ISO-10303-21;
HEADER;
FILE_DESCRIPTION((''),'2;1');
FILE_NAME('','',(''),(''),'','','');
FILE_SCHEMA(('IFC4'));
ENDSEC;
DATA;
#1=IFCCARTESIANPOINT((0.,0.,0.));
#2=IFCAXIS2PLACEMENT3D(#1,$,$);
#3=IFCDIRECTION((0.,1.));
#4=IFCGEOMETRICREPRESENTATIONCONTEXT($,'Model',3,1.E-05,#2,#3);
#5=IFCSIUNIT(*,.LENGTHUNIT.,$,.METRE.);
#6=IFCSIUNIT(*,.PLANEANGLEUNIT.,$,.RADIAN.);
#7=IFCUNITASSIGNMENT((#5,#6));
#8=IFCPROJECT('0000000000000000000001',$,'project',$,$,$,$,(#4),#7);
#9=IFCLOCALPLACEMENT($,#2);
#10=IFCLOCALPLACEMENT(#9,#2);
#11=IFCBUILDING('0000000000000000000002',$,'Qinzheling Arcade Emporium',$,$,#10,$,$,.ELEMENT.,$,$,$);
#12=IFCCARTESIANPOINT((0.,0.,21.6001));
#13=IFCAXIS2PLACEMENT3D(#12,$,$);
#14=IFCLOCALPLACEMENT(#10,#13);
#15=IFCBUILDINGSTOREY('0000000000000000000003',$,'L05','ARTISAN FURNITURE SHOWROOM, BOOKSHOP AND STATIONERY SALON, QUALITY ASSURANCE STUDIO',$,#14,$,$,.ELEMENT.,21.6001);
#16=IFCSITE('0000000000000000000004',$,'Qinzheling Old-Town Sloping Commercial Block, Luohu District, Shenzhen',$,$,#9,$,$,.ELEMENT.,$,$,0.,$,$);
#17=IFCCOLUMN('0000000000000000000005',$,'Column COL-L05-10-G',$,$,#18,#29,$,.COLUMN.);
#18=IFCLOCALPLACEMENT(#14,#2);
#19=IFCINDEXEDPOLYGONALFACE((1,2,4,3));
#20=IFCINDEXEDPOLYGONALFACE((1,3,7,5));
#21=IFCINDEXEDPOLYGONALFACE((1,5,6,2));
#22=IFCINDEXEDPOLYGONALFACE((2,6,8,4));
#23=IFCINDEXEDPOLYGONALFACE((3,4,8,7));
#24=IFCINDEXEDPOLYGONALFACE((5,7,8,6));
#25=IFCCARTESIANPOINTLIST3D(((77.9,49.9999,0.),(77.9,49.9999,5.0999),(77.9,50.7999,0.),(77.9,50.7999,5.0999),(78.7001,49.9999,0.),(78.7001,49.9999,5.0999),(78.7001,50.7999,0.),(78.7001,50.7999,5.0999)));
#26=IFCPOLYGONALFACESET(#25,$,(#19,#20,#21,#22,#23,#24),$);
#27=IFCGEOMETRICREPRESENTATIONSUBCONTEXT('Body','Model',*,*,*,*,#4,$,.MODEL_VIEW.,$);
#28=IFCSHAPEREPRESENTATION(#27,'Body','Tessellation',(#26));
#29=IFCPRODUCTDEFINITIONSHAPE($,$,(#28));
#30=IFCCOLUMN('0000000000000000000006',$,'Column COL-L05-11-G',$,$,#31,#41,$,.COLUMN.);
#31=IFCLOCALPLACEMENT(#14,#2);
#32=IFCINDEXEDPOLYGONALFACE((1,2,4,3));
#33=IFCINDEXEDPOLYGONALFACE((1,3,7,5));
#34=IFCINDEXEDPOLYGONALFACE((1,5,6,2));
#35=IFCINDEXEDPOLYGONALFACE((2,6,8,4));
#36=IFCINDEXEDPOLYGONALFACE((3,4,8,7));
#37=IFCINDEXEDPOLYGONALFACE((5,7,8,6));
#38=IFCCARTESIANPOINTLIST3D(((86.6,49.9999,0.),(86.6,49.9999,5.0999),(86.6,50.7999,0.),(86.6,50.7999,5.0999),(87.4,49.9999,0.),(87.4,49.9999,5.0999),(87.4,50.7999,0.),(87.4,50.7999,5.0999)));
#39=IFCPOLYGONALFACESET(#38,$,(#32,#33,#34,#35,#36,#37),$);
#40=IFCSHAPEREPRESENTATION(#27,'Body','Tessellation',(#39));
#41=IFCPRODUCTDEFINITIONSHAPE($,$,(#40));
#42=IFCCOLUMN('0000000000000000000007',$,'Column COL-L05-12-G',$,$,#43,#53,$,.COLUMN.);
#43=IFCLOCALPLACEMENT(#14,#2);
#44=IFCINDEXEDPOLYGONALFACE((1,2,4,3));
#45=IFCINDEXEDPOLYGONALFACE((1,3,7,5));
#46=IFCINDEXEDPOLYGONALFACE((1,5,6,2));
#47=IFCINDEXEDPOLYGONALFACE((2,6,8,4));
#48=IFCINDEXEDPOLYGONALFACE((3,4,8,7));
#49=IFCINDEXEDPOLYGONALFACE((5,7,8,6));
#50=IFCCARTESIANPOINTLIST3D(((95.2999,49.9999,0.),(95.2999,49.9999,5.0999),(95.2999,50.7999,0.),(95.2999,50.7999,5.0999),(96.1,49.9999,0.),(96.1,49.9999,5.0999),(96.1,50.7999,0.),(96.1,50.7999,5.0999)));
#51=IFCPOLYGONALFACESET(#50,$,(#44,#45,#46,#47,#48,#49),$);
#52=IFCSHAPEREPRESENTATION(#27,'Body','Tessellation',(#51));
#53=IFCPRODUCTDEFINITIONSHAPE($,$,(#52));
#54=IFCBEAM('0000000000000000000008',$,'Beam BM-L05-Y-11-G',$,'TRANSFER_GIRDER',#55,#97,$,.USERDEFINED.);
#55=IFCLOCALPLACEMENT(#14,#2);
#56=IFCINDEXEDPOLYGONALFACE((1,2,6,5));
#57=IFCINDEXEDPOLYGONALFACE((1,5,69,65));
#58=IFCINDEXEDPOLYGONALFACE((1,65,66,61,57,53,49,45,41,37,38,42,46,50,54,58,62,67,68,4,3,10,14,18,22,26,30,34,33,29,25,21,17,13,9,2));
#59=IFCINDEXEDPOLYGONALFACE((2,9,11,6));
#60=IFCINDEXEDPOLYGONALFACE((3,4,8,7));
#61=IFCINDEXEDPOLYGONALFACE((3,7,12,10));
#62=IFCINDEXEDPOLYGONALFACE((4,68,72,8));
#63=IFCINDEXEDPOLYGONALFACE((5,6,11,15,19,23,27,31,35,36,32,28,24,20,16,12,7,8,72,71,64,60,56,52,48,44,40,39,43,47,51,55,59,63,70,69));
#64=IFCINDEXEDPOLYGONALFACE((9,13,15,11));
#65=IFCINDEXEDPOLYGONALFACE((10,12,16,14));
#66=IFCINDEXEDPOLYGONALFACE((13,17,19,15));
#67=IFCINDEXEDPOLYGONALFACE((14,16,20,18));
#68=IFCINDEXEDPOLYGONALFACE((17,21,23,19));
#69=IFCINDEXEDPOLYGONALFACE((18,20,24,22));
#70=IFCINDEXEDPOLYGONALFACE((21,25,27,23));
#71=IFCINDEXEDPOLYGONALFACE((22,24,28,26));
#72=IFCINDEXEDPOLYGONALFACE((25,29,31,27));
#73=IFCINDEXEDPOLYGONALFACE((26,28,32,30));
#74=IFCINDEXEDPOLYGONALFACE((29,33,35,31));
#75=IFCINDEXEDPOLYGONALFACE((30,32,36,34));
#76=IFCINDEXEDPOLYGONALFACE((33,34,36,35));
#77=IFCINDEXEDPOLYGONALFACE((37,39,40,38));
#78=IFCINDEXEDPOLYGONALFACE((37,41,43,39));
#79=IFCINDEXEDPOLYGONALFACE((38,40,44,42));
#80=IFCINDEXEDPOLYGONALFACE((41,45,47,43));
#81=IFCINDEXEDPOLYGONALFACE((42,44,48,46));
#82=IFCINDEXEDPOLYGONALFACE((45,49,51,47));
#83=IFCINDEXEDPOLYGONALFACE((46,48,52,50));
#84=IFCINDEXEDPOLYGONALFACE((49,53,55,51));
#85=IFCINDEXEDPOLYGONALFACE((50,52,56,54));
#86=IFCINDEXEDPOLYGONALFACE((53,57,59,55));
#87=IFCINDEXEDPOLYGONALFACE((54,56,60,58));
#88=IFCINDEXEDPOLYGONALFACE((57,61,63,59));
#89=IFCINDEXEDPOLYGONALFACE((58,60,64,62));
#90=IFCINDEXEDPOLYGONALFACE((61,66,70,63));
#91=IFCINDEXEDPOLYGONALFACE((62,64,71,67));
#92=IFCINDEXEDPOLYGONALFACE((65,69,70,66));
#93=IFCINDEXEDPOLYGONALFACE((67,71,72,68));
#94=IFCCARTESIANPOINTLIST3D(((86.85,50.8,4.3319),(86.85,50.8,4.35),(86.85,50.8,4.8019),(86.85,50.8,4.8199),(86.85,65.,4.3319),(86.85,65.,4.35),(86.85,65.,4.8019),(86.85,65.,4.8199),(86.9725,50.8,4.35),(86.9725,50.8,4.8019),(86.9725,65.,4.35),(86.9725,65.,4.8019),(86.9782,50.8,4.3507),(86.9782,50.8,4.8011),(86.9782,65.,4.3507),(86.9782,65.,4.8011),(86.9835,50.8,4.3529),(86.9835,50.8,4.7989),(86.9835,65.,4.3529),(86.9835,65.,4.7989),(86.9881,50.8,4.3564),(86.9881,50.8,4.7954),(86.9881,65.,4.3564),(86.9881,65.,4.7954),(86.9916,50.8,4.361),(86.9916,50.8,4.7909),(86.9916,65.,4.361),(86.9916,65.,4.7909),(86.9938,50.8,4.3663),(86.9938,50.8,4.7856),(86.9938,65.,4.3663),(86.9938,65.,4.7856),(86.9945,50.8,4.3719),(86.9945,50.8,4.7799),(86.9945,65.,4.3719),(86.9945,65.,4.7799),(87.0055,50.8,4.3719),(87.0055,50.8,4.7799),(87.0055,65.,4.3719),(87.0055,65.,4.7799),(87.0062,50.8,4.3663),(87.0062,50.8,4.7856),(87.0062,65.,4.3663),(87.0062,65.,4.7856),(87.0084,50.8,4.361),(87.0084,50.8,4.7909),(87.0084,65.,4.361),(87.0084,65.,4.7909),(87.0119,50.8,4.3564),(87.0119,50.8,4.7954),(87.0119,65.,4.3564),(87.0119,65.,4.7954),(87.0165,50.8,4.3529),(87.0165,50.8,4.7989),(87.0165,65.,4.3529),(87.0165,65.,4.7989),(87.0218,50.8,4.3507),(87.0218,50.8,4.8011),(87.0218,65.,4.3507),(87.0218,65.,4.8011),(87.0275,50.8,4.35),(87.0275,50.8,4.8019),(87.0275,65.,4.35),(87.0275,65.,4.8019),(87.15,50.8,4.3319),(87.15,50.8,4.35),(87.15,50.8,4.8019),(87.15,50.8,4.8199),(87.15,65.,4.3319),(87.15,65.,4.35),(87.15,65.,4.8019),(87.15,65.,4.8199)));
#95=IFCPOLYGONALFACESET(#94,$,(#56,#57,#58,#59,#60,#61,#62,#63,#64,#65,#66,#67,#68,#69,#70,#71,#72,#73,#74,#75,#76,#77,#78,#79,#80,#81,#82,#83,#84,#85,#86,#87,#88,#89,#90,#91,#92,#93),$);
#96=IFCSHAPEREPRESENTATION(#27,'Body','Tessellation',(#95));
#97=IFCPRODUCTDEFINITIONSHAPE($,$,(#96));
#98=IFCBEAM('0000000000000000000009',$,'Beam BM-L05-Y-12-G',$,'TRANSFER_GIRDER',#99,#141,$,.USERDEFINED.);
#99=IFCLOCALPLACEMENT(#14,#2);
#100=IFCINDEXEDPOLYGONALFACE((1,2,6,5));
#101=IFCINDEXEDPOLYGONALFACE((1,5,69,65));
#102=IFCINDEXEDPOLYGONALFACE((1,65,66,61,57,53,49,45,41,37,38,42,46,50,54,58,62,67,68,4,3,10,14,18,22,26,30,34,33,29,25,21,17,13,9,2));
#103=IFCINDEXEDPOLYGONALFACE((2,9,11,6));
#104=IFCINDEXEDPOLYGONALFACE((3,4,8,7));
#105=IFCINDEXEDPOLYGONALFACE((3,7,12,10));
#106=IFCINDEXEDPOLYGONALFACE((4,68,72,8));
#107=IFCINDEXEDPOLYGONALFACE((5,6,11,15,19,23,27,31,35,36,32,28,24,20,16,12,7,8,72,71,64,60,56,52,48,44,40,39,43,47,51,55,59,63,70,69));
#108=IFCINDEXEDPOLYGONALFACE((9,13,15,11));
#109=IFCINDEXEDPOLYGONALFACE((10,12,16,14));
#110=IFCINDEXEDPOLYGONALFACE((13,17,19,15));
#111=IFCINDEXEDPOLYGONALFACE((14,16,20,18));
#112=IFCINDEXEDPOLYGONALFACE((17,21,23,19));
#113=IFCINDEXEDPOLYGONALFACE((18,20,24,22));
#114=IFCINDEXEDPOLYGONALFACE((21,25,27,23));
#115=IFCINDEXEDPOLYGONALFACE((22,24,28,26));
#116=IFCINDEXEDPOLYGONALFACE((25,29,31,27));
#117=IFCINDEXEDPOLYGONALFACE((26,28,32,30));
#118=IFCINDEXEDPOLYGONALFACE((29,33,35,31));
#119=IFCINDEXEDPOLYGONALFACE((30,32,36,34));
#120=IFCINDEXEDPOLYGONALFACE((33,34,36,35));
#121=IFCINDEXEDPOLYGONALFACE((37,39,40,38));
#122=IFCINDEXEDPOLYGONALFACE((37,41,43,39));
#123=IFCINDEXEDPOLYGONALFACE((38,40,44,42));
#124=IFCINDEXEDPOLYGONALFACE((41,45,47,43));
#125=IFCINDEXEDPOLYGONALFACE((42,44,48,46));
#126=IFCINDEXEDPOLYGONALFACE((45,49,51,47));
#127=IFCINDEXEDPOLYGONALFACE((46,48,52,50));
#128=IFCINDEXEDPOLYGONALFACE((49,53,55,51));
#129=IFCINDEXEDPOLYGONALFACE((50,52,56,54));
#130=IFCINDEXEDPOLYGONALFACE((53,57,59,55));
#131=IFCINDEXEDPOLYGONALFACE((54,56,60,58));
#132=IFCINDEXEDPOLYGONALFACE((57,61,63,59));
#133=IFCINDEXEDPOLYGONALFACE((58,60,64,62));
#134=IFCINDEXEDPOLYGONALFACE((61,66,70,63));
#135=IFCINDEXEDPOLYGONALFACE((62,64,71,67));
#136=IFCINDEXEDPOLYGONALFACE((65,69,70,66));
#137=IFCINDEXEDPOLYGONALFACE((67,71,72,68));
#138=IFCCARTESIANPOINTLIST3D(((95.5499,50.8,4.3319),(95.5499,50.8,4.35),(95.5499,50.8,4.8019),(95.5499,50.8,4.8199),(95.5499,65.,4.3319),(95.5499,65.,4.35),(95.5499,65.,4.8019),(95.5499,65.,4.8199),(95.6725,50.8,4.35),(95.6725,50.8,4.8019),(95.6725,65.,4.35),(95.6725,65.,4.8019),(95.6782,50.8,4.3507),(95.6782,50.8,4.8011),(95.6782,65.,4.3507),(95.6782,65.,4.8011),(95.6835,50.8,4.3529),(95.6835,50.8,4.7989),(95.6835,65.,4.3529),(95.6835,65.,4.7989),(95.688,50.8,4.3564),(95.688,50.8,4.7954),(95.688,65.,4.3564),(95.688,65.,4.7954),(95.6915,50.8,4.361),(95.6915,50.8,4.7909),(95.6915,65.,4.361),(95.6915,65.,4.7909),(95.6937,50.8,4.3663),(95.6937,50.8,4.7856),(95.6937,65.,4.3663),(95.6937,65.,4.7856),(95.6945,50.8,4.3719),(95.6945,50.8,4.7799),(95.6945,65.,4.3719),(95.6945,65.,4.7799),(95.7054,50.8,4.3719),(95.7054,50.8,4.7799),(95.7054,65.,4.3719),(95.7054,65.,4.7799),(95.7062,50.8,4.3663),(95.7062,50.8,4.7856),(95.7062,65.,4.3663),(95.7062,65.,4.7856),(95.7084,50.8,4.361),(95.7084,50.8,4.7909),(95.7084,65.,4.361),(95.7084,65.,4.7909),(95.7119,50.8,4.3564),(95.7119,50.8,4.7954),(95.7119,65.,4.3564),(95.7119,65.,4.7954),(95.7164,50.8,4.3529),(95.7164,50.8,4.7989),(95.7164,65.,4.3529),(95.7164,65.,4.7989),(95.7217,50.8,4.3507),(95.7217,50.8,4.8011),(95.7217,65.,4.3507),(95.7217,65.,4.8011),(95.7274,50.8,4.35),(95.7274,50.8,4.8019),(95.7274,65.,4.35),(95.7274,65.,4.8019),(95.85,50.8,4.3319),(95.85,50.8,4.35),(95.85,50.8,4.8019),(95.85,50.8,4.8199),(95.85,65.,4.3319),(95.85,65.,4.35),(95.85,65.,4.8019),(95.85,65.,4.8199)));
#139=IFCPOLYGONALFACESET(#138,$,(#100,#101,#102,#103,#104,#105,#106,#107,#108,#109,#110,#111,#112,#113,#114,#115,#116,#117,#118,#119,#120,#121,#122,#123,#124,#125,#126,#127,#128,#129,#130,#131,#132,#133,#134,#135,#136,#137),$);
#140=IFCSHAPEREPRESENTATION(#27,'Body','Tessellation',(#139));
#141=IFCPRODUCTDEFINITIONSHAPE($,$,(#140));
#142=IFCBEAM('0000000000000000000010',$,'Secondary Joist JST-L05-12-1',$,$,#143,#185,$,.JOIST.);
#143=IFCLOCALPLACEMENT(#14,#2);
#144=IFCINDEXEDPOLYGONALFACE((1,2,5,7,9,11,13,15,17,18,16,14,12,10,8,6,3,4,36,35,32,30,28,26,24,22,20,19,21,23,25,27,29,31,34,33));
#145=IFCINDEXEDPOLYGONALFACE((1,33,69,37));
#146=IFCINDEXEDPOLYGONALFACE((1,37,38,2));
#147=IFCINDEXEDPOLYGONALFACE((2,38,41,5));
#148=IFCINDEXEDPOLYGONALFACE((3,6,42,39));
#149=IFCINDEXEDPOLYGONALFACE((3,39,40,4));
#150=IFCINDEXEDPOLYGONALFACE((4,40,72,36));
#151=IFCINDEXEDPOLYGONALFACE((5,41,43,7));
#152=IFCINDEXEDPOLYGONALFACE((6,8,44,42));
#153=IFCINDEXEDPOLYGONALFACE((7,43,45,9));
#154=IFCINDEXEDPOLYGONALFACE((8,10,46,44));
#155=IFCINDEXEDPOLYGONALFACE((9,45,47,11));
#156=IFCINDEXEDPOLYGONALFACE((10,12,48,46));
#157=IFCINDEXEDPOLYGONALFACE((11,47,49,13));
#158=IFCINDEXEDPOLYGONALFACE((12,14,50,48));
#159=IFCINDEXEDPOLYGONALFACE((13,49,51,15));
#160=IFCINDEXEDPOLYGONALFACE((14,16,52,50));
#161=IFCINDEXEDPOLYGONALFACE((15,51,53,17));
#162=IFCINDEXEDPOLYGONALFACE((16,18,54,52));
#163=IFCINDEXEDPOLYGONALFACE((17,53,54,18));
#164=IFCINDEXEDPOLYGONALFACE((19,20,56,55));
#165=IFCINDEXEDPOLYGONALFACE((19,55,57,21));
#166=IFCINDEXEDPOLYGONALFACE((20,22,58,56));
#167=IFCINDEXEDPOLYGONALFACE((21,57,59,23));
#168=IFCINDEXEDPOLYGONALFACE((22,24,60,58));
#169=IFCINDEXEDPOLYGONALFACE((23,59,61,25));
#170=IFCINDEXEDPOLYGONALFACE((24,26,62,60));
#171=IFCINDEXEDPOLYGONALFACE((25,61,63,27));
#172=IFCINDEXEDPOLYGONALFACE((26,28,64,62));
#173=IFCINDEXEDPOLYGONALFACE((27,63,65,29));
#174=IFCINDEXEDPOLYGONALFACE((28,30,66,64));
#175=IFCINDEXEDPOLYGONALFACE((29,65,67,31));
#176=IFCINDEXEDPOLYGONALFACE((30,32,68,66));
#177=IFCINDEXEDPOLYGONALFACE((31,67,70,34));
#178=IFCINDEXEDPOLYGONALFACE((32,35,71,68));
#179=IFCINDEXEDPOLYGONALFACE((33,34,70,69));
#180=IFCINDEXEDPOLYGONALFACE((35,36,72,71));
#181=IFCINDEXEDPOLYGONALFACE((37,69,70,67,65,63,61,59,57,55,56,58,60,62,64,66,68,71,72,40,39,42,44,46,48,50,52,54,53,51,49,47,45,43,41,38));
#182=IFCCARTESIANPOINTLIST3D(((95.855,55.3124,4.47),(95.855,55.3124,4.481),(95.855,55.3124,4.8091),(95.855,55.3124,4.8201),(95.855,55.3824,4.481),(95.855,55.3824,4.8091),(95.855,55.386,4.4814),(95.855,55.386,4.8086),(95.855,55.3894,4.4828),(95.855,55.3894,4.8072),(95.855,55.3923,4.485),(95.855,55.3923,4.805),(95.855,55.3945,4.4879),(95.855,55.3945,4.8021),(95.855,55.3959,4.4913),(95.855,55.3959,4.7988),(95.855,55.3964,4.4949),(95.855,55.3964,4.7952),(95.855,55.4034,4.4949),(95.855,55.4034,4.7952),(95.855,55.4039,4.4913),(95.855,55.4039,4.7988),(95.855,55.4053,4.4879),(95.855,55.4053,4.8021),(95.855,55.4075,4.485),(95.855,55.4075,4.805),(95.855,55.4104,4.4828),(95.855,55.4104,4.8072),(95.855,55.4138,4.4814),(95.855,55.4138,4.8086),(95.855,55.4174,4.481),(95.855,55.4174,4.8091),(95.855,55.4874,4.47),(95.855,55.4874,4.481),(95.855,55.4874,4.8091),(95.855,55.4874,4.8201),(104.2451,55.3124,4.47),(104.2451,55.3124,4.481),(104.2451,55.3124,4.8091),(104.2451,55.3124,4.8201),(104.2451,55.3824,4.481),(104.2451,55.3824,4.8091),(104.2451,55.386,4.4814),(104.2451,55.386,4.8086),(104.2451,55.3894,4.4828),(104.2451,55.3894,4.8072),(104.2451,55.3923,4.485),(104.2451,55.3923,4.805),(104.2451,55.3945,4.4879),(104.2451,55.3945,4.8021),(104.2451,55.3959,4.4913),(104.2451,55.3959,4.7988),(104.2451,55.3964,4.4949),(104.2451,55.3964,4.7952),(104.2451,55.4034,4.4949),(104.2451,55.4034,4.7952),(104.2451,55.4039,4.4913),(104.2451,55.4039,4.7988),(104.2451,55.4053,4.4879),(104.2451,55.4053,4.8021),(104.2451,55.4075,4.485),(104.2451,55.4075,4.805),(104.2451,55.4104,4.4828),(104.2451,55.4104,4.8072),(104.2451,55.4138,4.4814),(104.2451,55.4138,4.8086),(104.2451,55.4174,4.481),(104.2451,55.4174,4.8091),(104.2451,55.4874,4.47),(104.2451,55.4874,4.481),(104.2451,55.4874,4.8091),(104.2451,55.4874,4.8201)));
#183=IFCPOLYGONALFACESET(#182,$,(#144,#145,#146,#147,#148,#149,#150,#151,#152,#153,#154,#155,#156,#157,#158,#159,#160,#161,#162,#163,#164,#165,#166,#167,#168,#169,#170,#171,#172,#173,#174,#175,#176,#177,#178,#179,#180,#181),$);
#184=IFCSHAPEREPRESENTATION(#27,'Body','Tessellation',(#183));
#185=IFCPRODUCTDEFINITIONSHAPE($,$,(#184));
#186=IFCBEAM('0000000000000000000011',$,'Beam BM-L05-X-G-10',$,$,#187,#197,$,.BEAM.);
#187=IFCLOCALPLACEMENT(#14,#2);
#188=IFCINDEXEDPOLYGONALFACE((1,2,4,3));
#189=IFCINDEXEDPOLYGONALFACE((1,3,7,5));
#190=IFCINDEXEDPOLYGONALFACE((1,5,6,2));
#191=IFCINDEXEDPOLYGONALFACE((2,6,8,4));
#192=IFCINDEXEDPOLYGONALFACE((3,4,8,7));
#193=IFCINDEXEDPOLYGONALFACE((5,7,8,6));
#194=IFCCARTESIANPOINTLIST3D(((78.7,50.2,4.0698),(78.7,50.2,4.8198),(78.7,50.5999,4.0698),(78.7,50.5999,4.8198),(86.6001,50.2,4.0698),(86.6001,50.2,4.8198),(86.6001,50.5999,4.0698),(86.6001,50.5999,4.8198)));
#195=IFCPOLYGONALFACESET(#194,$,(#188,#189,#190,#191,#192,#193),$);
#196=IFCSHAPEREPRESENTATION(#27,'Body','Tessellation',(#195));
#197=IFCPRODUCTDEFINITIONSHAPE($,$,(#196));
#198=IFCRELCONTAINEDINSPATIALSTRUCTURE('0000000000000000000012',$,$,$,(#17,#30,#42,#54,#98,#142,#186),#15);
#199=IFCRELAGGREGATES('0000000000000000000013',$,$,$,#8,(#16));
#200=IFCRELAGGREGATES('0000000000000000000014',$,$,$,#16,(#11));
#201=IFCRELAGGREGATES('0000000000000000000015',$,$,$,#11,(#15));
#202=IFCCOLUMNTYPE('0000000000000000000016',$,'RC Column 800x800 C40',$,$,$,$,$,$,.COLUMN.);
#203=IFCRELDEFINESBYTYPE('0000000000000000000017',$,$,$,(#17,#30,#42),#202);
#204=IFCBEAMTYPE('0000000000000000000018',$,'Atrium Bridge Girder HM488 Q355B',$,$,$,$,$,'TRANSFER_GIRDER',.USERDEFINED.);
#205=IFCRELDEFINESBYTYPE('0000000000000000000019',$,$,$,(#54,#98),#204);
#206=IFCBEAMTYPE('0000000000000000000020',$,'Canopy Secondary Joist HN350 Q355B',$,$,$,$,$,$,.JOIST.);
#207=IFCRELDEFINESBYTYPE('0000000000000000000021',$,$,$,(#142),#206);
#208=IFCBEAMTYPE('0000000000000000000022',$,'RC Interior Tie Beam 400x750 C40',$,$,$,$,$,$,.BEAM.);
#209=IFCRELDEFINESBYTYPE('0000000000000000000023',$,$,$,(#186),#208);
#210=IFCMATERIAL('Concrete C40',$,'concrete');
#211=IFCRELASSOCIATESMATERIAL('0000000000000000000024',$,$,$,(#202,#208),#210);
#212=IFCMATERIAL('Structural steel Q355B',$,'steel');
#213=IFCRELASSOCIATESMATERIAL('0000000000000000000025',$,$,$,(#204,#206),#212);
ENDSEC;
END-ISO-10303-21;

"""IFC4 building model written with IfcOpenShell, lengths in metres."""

from ifc_helpers import new_model, si_unit, direction, frame, origin, origin_2d, place, context, subcontext, project, spatial, rectangle, i_section, extrude, material, material_profile, profile_set, type_object, element, save


model = new_model("IFC4")

# Units and contexts
model_context = context("Model", 3, precision=1e-05, world=origin(), true_north=direction((0.0, 1.0)))
body_context = subcontext(model_context, "Body", "Model", "MODEL_VIEW")
ifc_project = project(units=[si_unit("LENGTHUNIT", "METRE"), si_unit("PLANEANGLEUNIT", "RADIAN")], contexts=[model_context])

# Site, building, storey
site_placement = place(None, origin())
site = spatial("IfcSite", under=ifc_project, at=site_placement, Name="Qinzheling Old-Town Sloping Commercial Block, Luohu District, Shenzhen", CompositionType="ELEMENT", RefElevation=0.0)
building_placement = place(site_placement, origin())
building = spatial("IfcBuilding", under=site, at=building_placement, Name="Qinzheling Arcade Emporium", CompositionType="ELEMENT")
storey_placement = place(building_placement, frame((0.0, 0.0, 21.6001)))
storey = spatial("IfcBuildingStorey", under=building, at=storey_placement, Name="L05", Description="ARTISAN FURNITURE SHOWROOM, BOOKSHOP AND STATIONERY SALON, QUALITY ASSURANCE STUDIO", CompositionType="ELEMENT", Elevation=21.6001)

# Columns
ifc_material_1 = material(Name="Concrete C40", Category="concrete")
ifc_material_profile_1 = material_profile(ifc_material_1, rectangle(XDim=0.8, YDim=0.8, at=origin_2d()), Name="RC 800x800", Category="concrete")
ifc_profile_set_1 = profile_set([ifc_material_profile_1], Name="Concrete C40")
column_type = type_object("IfcColumnType", Name="RC Column 800x800 C40", PredefinedType="COLUMN", material=ifc_profile_set_1)
for number, where, z_axis, x_axis, name in (
    (1, (78.3, 50.3999, 0.0), (0.0, 0.0, 1.0), (1.0, 0.0, 0.0), "Column COL-L05-10-G"),
    (2, (87.0, 50.3999, 0.0), (0.0, 0.0, 1.0), (1.0, 0.0, 0.0), "Column COL-L05-11-G"),
    (3, (95.7, 50.3999, 0.0), (0.0, 0.0, 1.0), (1.0, 0.0, 0.0), "Column COL-L05-12-G"),
):
    element("IfcColumn", number, at=place(storey_placement, frame(where, z_axis=z_axis, x_axis=x_axis)), inside=storey, type_object=column_type, Name=name, PredefinedType="COLUMN", context=body_context, shape_type="SweptSolid", body=[
        extrude(rectangle(XDim=0.8, YDim=0.8, at=origin_2d()), origin(), (0.0, 0.0, 1.0), 5.0999),
    ])

# Beams
ifc_material_2 = material(Name="Structural steel Q355B", Category="steel")
ifc_material_profile_2 = material_profile(ifc_material_2, i_section(OverallWidth=0.3, OverallDepth=0.488, WebThickness=0.011, FlangeThickness=0.0181, FilletRadius=0.022, at=origin_2d()), Name="HM 488x300x11x18", Category="steel")
ifc_profile_set_2 = profile_set([ifc_material_profile_2], Name="Structural steel Q355B")
beam_type_1 = type_object("IfcBeamType", Name="Atrium Bridge Girder HM488 Q355B", ElementType="TRANSFER_GIRDER", PredefinedType="USERDEFINED", material=ifc_profile_set_2)
for number, where, z_axis, x_axis, name in (
    (4, (87.0, 50.8, 4.5759), (0.0, 1.0, 0.0), (-1.0, 0.0, 0.0), "Beam BM-L05-Y-11-G"),
    (5, (95.7, 50.8, 4.5759), (0.0, 1.0, 0.0), (-1.0, 0.0, 0.0), "Beam BM-L05-Y-12-G"),
):
    element("IfcBeam", number, at=place(storey_placement, frame(where, z_axis=z_axis, x_axis=x_axis)), inside=storey, type_object=beam_type_1, Name=name, ObjectType="TRANSFER_GIRDER", PredefinedType="USERDEFINED", context=body_context, shape_type="SweptSolid", body=[
        extrude(i_section(OverallWidth=0.3, OverallDepth=0.488, WebThickness=0.011, FlangeThickness=0.0181, FilletRadius=0.022, at=origin_2d()), origin(), (0.0, 0.0, 1.0), 14.2),
    ])
ifc_material_profile_3 = material_profile(ifc_material_2, i_section(OverallWidth=0.175, OverallDepth=0.3501, WebThickness=0.0071, FlangeThickness=0.011, FilletRadius=0.0139, at=origin_2d()), Name="HN 350x175x7x11", Category="steel")
ifc_profile_set_3 = profile_set([ifc_material_profile_3], Name="Structural steel Q355B")
beam_type_2 = type_object("IfcBeamType", Name="Canopy Secondary Joist HN350 Q355B", PredefinedType="JOIST", material=ifc_profile_set_3)
beam_1_placement = place(storey_placement, frame((95.855, 55.3999, 4.645), z_axis=(1.0, 0.0, 0.0), x_axis=(0.0, 1.0, 0.0)))
element("IfcBeam", 6, at=beam_1_placement, inside=storey, type_object=beam_type_2, Name="Secondary Joist JST-L05-12-1", PredefinedType="JOIST", context=body_context, shape_type="SweptSolid", body=[
    extrude(i_section(OverallWidth=0.175, OverallDepth=0.3501, WebThickness=0.0071, FlangeThickness=0.011, FilletRadius=0.0139, at=origin_2d()), origin(), (0.0, 0.0, 1.0), 8.3901),
])
ifc_material_profile_4 = material_profile(ifc_material_1, rectangle(XDim=0.3999, YDim=0.75, at=origin_2d()), Name="RC 400x750", Category="concrete")
ifc_profile_set_4 = profile_set([ifc_material_profile_4], Name="Concrete C40")
beam_type_3 = type_object("IfcBeamType", Name="RC Interior Tie Beam 400x750 C40", PredefinedType="BEAM", material=ifc_profile_set_4)
beam_2_placement = place(storey_placement, frame((78.7, 50.3999, 4.4448), z_axis=(1.0, 0.0, 0.0), x_axis=(0.0, 1.0, 0.0)))
element("IfcBeam", 7, at=beam_2_placement, inside=storey, type_object=beam_type_3, Name="Beam BM-L05-X-G-10", PredefinedType="BEAM", context=body_context, shape_type="SweptSolid", body=[
    extrude(rectangle(XDim=0.3999, YDim=0.75, at=origin_2d()), origin(), (0.0, 0.0, 1.0), 7.9001),
])

save(model, "model.ifc")
